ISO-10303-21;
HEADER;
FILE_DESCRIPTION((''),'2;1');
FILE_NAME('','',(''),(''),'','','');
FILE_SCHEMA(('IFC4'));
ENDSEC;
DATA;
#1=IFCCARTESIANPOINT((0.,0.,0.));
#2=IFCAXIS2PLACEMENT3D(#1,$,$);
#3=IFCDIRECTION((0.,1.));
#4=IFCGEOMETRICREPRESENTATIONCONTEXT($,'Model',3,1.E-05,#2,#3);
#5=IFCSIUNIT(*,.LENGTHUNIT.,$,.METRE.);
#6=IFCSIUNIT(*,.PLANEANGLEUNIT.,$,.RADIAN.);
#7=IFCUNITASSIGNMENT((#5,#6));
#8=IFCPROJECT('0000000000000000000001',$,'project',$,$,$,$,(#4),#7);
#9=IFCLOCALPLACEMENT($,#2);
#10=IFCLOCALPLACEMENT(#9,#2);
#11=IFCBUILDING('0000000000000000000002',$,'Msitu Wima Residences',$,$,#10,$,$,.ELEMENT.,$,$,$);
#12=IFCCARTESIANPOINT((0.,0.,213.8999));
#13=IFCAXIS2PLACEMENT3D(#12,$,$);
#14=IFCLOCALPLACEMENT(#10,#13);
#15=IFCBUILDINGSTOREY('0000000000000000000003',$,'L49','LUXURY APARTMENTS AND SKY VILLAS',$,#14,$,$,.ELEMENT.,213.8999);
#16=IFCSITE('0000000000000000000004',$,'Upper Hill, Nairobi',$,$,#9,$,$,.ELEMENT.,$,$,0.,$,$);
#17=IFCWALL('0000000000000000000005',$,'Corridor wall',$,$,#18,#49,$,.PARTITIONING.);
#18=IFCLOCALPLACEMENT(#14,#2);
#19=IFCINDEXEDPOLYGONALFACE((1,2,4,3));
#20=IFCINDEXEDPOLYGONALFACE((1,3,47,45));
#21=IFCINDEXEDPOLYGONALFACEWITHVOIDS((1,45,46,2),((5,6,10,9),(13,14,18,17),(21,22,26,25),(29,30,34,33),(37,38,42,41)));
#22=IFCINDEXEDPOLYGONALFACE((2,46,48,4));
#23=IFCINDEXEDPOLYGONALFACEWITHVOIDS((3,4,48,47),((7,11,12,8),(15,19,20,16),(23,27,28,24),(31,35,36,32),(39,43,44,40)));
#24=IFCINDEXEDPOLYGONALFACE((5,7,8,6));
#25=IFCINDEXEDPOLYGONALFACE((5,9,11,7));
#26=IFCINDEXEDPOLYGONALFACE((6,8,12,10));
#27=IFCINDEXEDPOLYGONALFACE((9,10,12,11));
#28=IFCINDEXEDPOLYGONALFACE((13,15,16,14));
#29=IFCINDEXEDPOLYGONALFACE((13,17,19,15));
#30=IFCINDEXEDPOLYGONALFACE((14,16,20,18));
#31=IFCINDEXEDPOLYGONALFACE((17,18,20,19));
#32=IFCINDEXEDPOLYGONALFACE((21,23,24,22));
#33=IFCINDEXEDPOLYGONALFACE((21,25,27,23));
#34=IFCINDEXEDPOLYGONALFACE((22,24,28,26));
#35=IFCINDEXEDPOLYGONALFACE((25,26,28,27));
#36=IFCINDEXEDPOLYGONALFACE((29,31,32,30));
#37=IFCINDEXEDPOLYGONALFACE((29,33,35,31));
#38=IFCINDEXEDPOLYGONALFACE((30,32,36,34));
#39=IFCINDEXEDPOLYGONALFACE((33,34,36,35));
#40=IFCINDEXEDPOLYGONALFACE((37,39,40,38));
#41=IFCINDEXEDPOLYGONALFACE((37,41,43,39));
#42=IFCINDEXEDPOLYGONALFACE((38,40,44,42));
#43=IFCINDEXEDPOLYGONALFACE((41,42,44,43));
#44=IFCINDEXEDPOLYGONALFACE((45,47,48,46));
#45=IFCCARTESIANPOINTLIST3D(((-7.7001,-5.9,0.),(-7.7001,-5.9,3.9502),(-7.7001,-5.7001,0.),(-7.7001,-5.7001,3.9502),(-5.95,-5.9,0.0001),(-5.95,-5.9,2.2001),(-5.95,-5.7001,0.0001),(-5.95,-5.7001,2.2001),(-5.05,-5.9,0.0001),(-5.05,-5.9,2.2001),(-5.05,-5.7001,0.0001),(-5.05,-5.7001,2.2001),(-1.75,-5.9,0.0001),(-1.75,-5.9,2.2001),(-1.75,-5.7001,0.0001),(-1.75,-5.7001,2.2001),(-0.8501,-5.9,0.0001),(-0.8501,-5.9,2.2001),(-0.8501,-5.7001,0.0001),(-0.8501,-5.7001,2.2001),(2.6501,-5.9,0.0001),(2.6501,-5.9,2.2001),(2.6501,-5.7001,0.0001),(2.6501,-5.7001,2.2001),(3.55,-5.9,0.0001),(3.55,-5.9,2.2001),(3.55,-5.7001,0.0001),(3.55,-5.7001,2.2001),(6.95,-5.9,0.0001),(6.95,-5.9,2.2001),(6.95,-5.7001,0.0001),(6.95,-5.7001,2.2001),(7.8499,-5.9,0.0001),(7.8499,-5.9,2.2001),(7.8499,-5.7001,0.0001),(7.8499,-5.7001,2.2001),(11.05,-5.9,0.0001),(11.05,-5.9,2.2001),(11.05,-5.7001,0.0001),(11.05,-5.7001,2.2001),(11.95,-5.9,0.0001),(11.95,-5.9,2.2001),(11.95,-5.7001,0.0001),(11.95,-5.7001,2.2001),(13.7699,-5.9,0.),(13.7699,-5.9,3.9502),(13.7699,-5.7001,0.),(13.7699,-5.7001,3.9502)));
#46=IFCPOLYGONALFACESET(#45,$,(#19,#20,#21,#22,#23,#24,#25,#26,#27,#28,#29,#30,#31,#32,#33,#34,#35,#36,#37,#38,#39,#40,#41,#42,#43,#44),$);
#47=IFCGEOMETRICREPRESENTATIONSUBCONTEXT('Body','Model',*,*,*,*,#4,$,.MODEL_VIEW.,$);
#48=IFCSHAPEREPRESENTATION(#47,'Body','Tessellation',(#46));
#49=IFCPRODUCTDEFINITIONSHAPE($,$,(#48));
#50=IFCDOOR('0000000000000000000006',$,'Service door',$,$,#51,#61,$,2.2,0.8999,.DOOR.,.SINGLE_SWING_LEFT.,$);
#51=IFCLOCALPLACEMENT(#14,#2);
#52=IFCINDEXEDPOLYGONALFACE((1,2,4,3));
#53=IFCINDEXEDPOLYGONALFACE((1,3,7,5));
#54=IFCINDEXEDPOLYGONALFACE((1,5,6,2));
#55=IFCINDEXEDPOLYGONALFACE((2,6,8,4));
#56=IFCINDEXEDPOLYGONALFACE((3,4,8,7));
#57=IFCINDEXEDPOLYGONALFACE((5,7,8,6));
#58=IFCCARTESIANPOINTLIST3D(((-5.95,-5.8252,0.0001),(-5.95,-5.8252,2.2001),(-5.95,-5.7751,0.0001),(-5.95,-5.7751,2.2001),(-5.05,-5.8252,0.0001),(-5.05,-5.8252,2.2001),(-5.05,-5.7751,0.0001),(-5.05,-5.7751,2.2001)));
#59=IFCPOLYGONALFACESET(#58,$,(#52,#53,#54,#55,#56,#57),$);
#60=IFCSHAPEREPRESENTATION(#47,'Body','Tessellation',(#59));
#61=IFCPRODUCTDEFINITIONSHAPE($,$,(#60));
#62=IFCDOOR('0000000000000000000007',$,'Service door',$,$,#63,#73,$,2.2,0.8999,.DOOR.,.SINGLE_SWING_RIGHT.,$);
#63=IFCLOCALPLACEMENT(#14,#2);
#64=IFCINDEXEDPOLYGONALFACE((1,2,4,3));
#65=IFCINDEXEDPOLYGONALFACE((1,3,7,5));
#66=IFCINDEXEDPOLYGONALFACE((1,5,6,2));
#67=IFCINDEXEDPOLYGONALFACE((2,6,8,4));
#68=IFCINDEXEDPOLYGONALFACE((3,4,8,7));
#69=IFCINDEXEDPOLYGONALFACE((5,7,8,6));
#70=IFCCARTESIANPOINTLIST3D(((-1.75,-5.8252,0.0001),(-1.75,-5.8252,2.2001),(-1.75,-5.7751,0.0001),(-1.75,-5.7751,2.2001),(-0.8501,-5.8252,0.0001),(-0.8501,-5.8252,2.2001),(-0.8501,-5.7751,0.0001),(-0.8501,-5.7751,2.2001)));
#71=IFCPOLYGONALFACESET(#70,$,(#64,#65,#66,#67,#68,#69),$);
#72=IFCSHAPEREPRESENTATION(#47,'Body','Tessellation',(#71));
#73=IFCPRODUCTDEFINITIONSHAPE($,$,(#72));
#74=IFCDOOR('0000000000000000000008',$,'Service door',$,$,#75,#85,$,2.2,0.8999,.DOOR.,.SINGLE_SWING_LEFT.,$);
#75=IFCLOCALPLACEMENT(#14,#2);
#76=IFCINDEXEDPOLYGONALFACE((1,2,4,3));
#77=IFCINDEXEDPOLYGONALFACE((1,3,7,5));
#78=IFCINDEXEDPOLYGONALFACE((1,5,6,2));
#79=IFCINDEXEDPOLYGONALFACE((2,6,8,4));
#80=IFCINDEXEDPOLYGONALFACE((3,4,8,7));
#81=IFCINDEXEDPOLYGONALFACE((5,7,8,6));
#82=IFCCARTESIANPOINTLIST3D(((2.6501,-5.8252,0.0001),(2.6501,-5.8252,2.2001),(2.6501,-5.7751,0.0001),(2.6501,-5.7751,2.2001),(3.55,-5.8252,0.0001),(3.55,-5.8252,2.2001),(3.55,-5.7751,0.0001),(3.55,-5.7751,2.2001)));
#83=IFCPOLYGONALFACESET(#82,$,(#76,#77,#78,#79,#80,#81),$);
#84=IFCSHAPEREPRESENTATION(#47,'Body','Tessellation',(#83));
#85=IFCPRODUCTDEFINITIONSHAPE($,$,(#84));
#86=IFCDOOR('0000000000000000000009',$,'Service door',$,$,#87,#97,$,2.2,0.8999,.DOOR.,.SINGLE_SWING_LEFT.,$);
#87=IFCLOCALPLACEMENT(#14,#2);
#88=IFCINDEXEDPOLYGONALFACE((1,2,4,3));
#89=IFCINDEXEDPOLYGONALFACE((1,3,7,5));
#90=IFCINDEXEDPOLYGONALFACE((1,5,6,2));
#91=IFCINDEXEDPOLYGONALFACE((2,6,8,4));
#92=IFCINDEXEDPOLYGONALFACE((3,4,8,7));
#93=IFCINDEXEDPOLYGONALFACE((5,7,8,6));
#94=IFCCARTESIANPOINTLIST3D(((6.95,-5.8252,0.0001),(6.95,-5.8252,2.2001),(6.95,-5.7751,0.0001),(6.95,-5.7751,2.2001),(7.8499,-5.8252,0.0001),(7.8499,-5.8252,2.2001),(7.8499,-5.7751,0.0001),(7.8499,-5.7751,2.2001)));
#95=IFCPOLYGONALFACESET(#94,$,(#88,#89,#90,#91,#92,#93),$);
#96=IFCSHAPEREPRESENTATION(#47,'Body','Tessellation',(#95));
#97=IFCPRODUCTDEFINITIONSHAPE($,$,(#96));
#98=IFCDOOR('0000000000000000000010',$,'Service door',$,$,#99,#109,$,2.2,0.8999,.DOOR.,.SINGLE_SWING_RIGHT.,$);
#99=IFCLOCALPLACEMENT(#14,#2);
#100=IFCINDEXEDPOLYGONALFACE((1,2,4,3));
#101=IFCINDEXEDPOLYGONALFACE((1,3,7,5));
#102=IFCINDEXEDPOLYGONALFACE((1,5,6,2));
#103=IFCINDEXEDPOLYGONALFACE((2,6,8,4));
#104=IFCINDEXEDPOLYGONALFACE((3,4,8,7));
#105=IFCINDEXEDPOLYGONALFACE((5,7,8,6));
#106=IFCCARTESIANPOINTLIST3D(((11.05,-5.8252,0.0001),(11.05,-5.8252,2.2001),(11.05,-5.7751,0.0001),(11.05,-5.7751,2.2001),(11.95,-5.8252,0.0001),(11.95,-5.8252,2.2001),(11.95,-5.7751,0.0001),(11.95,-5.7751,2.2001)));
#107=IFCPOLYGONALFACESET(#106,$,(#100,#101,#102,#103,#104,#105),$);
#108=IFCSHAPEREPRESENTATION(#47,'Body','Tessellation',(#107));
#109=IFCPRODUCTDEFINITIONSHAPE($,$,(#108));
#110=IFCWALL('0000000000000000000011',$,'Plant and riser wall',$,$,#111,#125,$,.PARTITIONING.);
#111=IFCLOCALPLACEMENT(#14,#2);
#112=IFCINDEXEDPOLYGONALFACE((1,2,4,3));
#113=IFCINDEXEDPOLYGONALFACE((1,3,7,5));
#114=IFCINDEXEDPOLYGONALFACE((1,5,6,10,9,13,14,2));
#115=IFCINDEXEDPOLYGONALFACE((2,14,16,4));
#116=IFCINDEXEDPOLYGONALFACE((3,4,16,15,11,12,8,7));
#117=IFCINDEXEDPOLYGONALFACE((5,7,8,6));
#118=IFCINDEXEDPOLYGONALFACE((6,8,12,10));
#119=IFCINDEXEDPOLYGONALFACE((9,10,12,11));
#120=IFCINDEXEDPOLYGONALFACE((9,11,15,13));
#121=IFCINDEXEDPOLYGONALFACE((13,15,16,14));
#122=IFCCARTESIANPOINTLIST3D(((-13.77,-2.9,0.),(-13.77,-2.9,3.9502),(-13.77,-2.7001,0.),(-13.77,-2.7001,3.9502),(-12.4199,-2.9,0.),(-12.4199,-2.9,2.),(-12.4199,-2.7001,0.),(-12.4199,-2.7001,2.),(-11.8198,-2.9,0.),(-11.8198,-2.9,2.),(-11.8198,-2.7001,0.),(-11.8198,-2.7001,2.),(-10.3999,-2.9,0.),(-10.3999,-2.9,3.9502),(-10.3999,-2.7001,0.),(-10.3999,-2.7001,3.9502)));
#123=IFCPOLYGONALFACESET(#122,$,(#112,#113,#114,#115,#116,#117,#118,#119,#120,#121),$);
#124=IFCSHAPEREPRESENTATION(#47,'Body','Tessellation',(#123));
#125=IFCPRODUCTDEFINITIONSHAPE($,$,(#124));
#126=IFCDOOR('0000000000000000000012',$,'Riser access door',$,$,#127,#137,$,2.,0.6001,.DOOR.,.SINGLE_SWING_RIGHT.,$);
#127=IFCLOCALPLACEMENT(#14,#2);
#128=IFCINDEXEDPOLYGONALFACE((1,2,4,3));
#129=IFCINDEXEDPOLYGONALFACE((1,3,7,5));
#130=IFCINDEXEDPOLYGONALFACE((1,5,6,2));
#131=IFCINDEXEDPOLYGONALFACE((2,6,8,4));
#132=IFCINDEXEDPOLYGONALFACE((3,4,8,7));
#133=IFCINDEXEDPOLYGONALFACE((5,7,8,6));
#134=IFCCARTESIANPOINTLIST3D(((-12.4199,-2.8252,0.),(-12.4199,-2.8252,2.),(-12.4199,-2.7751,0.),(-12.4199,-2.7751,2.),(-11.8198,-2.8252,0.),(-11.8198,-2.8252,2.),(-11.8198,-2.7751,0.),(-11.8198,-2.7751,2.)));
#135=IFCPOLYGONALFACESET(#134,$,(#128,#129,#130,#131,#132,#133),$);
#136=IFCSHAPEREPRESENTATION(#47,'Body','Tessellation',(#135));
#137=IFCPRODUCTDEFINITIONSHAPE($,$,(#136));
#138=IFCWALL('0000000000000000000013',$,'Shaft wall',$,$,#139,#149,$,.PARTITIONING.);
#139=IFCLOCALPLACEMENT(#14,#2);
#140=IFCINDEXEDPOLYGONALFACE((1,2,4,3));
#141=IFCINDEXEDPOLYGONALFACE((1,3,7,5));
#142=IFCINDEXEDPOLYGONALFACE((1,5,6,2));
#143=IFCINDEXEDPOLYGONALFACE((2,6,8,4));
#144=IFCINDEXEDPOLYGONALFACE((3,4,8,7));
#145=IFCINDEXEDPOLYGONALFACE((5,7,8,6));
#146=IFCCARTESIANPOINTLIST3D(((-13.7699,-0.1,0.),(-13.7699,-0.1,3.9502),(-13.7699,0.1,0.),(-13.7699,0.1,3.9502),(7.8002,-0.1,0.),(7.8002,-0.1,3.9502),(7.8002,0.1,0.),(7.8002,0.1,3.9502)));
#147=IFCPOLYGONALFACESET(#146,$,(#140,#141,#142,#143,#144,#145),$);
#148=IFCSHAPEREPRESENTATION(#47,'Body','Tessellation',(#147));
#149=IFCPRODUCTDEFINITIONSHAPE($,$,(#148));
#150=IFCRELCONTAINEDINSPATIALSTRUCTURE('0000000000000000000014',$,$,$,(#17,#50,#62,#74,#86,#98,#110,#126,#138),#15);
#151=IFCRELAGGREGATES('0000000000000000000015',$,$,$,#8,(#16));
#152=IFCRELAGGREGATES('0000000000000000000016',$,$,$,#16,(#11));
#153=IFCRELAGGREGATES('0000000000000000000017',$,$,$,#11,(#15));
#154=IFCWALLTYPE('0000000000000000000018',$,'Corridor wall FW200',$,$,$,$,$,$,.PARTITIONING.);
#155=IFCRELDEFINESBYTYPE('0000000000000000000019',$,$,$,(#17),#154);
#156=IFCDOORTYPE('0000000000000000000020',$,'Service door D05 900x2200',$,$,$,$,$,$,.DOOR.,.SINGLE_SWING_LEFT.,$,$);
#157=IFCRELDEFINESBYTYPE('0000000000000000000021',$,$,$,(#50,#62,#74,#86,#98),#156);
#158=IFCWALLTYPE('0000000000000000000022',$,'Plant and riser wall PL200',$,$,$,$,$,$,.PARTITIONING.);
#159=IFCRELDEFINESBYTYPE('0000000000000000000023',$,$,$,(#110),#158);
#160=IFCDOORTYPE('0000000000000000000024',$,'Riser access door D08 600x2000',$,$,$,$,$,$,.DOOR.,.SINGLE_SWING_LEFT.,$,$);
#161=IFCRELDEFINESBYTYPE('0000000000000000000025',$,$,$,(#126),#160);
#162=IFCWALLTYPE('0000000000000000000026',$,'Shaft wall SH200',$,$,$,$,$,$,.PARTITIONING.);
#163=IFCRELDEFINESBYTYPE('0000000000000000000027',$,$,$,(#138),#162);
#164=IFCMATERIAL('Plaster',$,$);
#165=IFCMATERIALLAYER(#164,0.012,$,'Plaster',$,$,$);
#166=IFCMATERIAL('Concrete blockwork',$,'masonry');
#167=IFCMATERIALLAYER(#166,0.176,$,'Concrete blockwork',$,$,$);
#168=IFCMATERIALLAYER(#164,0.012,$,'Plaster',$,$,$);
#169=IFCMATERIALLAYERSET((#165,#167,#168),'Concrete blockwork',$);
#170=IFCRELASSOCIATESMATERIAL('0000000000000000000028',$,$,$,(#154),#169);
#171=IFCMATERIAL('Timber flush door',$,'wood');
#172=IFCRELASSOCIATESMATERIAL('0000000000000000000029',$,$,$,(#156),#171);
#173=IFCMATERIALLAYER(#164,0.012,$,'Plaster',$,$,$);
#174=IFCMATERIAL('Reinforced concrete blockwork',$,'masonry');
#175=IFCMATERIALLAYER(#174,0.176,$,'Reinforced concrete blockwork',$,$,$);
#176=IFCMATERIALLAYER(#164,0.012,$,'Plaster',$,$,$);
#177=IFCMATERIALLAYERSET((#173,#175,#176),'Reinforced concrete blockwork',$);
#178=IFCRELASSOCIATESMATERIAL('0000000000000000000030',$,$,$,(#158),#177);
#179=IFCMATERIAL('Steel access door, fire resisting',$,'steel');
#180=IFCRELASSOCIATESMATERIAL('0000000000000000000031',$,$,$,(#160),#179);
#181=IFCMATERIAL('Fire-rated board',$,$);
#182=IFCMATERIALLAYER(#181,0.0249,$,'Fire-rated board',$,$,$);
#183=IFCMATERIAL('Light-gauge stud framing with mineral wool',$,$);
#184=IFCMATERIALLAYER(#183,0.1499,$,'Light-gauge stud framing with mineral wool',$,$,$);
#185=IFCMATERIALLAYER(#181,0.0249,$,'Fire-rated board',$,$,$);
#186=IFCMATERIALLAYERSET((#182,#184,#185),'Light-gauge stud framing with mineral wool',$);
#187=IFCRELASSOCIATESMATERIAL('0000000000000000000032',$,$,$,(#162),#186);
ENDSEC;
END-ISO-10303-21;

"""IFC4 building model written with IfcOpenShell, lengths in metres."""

from ifc_helpers import new_model, si_unit, direction, frame, frame_2d, origin, place, context, subcontext, project, spatial, rectangle, extrude, material, layer, layer_set, type_object, element, fill, save


model = new_model("IFC4")

# Units and contexts
model_context = context("Model", 3, precision=1e-05, world=origin(), true_north=direction((0.0, 1.0)))
body_context = subcontext(model_context, "Body", "Model", "MODEL_VIEW")
ifc_project = project(units=[si_unit("LENGTHUNIT", "METRE"), si_unit("PLANEANGLEUNIT", "RADIAN")], contexts=[model_context])

# Site, building, storey
site_placement = place(None, origin())
site = spatial("IfcSite", under=ifc_project, at=site_placement, Name="Upper Hill, Nairobi", CompositionType="ELEMENT", RefElevation=0.0)
building_placement = place(site_placement, origin())
building = spatial("IfcBuilding", under=site, at=building_placement, Name="Msitu Wima Residences", CompositionType="ELEMENT")
storey_placement = place(building_placement, frame((0.0, 0.0, 213.8999)))
storey = spatial("IfcBuildingStorey", under=building, at=storey_placement, Name="L49", Description="LUXURY APARTMENTS AND SKY VILLAS", CompositionType="ELEMENT", Elevation=213.8999)

# Shared definitions
ifc_material_1 = material(Name="Plaster")
ifc_layer_1 = layer(ifc_material_1, 0.012, Name="Plaster")
ifc_material_2 = material(Name="Concrete blockwork", Category="masonry")
ifc_layer_2 = layer(ifc_material_2, 0.176, Name="Concrete blockwork")
ifc_layer_3 = layer(ifc_material_1, 0.012, Name="Plaster")
ifc_layer_set_1 = layer_set([ifc_layer_1, ifc_layer_2, ifc_layer_3], Name="Concrete blockwork")
wall_type_1 = type_object("IfcWallType", Name="Corridor wall FW200", PredefinedType="PARTITIONING", material=ifc_layer_set_1)

# Wall, openings, doors
wall_1_placement = place(storey_placement, frame((-7.7, -5.8, 0.0), z_axis=(0.0, 0.0, 1.0), x_axis=(1.0, 0.0, 0.0)))
wall_1 = element("IfcWall", 1, at=wall_1_placement, inside=storey, type_object=wall_type_1, Name="Corridor wall", PredefinedType="PARTITIONING", context=body_context, shape_type="SweptSolid", body=[
    extrude(rectangle(XDim=21.47, YDim=0.2, at=frame_2d((10.7349, 0.0))), origin(), (0.0, 0.0, 1.0), 3.9502),
])
opening_1_placement = place(wall_1_placement, frame((1.75, 0.0, 0.0)))
opening_1 = element("IfcOpeningElement", 2, at=opening_1_placement, cuts=wall_1, PredefinedType="OPENING", context=body_context, shape_type="SweptSolid", body=[
    extrude(rectangle(XDim=0.8999, YDim=2.2, at=frame_2d((0.45, 1.1001))), frame((0.0, 0.1099, 0.0), z_axis=(0.0, -1.0, 0.0), x_axis=(1.0, 0.0, 0.0)), (0.0, 0.0, 1.0), 0.22),
])
opening_2_placement = place(wall_1_placement, frame((5.95, 0.0, 0.0)))
opening_2 = element("IfcOpeningElement", 3, at=opening_2_placement, cuts=wall_1, PredefinedType="OPENING", context=body_context, shape_type="SweptSolid", body=[
    extrude(rectangle(XDim=0.8999, YDim=2.2, at=frame_2d((0.45, 1.1001))), frame((0.0, 0.1099, 0.0), z_axis=(0.0, -1.0, 0.0), x_axis=(1.0, 0.0, 0.0)), (0.0, 0.0, 1.0), 0.22),
])
opening_3_placement = place(wall_1_placement, frame((10.3501, 0.0, 0.0)))
opening_3 = element("IfcOpeningElement", 4, at=opening_3_placement, cuts=wall_1, PredefinedType="OPENING", context=body_context, shape_type="SweptSolid", body=[
    extrude(rectangle(XDim=0.8999, YDim=2.2, at=frame_2d((0.45, 1.1001))), frame((0.0, 0.1099, 0.0), z_axis=(0.0, -1.0, 0.0), x_axis=(1.0, 0.0, 0.0)), (0.0, 0.0, 1.0), 0.22),
])
opening_4_placement = place(wall_1_placement, frame((14.6499, 0.0, 0.0)))
opening_4 = element("IfcOpeningElement", 5, at=opening_4_placement, cuts=wall_1, PredefinedType="OPENING", context=body_context, shape_type="SweptSolid", body=[
    extrude(rectangle(XDim=0.8999, YDim=2.2, at=frame_2d((0.45, 1.1001))), frame((0.0, 0.1099, 0.0), z_axis=(0.0, -1.0, 0.0), x_axis=(1.0, 0.0, 0.0)), (0.0, 0.0, 1.0), 0.22),
])
opening_5_placement = place(wall_1_placement, frame((18.75, 0.0, 0.0)))
opening_5 = element("IfcOpeningElement", 6, at=opening_5_placement, cuts=wall_1, PredefinedType="OPENING", context=body_context, shape_type="SweptSolid", body=[
    extrude(rectangle(XDim=0.8999, YDim=2.2, at=frame_2d((0.45, 1.1001))), frame((0.0, 0.1099, 0.0), z_axis=(0.0, -1.0, 0.0), x_axis=(1.0, 0.0, 0.0)), (0.0, 0.0, 1.0), 0.22),
])
ifc_material_3 = material(Name="Timber flush door", Category="wood")
door_type_1 = type_object("IfcDoorType", Name="Service door D05 900x2200", OperationType="SINGLE_SWING_LEFT", PredefinedType="DOOR", material=ifc_material_3)
door_1_placement = place(opening_1_placement, origin())
door_1 = element("IfcDoor", 7, at=door_1_placement, inside=storey, type_object=door_type_1, Name="Service door", OperationType="SINGLE_SWING_LEFT", OverallHeight=2.2, OverallWidth=0.8999, PredefinedType="DOOR", context=body_context, shape_type="SweptSolid", body=[
    extrude(rectangle(XDim=0.8999, YDim=2.2, at=frame_2d((0.45, 1.1001))), frame((0.0, 0.0249, 0.0), z_axis=(0.0, -1.0, 0.0), x_axis=(1.0, 0.0, 0.0)), (0.0, 0.0, 1.0), 0.05),
])
fill(opening_1, door_1)
door_2_placement = place(opening_2_placement, origin())
door_2 = element("IfcDoor", 8, at=door_2_placement, inside=storey, type_object=door_type_1, Name="Service door", OperationType="SINGLE_SWING_RIGHT", OverallHeight=2.2, OverallWidth=0.8999, PredefinedType="DOOR", context=body_context, shape_type="SweptSolid", body=[
    extrude(rectangle(XDim=0.8999, YDim=2.2, at=frame_2d((0.45, 1.1001))), frame((0.0, 0.0249, 0.0), z_axis=(0.0, -1.0, 0.0), x_axis=(1.0, 0.0, 0.0)), (0.0, 0.0, 1.0), 0.05),
])
fill(opening_2, door_2)
door_3_placement = place(opening_3_placement, origin())
door_3 = element("IfcDoor", 9, at=door_3_placement, inside=storey, type_object=door_type_1, Name="Service door", OperationType="SINGLE_SWING_LEFT", OverallHeight=2.2, OverallWidth=0.8999, PredefinedType="DOOR", context=body_context, shape_type="SweptSolid", body=[
    extrude(rectangle(XDim=0.8999, YDim=2.2, at=frame_2d((0.45, 1.1001))), frame((0.0, 0.0249, 0.0), z_axis=(0.0, -1.0, 0.0), x_axis=(1.0, 0.0, 0.0)), (0.0, 0.0, 1.0), 0.05),
])
fill(opening_3, door_3)
door_4_placement = place(opening_4_placement, origin())
door_4 = element("IfcDoor", 10, at=door_4_placement, inside=storey, type_object=door_type_1, Name="Service door", OperationType="SINGLE_SWING_LEFT", OverallHeight=2.2, OverallWidth=0.8999, PredefinedType="DOOR", context=body_context, shape_type="SweptSolid", body=[
    extrude(rectangle(XDim=0.8999, YDim=2.2, at=frame_2d((0.45, 1.1001))), frame((0.0, 0.0249, 0.0), z_axis=(0.0, -1.0, 0.0), x_axis=(1.0, 0.0, 0.0)), (0.0, 0.0, 1.0), 0.05),
])
fill(opening_4, door_4)
door_5_placement = place(opening_5_placement, origin())
door_5 = element("IfcDoor", 11, at=door_5_placement, inside=storey, type_object=door_type_1, Name="Service door", OperationType="SINGLE_SWING_RIGHT", OverallHeight=2.2, OverallWidth=0.8999, PredefinedType="DOOR", context=body_context, shape_type="SweptSolid", body=[
    extrude(rectangle(XDim=0.8999, YDim=2.2, at=frame_2d((0.45, 1.1001))), frame((0.0, 0.0249, 0.0), z_axis=(0.0, -1.0, 0.0), x_axis=(1.0, 0.0, 0.0)), (0.0, 0.0, 1.0), 0.05),
])
fill(opening_5, door_5)

# Wall, opening, door
ifc_layer_4 = layer(ifc_material_1, 0.012, Name="Plaster")
ifc_material_4 = material(Name="Reinforced concrete blockwork", Category="masonry")
ifc_layer_5 = layer(ifc_material_4, 0.176, Name="Reinforced concrete blockwork")
ifc_layer_6 = layer(ifc_material_1, 0.012, Name="Plaster")
ifc_layer_set_2 = layer_set([ifc_layer_4, ifc_layer_5, ifc_layer_6], Name="Reinforced concrete blockwork")
wall_type_2 = type_object("IfcWallType", Name="Plant and riser wall PL200", PredefinedType="PARTITIONING", material=ifc_layer_set_2)
wall_2_placement = place(storey_placement, frame((-13.77, -2.8, 0.0), z_axis=(0.0, 0.0, 1.0), x_axis=(1.0, 0.0, 0.0)))
wall_2 = element("IfcWall", 12, at=wall_2_placement, inside=storey, type_object=wall_type_2, Name="Plant and riser wall", PredefinedType="PARTITIONING", context=body_context, shape_type="SweptSolid", body=[
    extrude(rectangle(XDim=3.3701, YDim=0.2, at=frame_2d((1.6851, 0.0))), origin(), (0.0, 0.0, 1.0), 3.9502),
])
opening_6_placement = place(wall_2_placement, frame((1.3501, 0.0, 0.0)))
opening_6 = element("IfcOpeningElement", 13, at=opening_6_placement, cuts=wall_2, PredefinedType="OPENING", context=body_context, shape_type="SweptSolid", body=[
    extrude(rectangle(XDim=0.6001, YDim=2.0, at=frame_2d((0.3, 1.0))), frame((0.0, 0.1099, 0.0), z_axis=(0.0, -1.0, 0.0), x_axis=(1.0, 0.0, 0.0)), (0.0, 0.0, 1.0), 0.22),
])
ifc_material_5 = material(Name="Steel access door, fire resisting", Category="steel")
door_type_2 = type_object("IfcDoorType", Name="Riser access door D08 600x2000", OperationType="SINGLE_SWING_LEFT", PredefinedType="DOOR", material=ifc_material_5)
door_6_placement = place(opening_6_placement, origin())
door_6 = element("IfcDoor", 14, at=door_6_placement, inside=storey, type_object=door_type_2, Name="Riser access door", OperationType="SINGLE_SWING_RIGHT", OverallHeight=2.0, OverallWidth=0.6001, PredefinedType="DOOR", context=body_context, shape_type="SweptSolid", body=[
    extrude(rectangle(XDim=0.6001, YDim=2.0, at=frame_2d((0.3, 1.0))), frame((0.0, 0.0249, 0.0), z_axis=(0.0, -1.0, 0.0), x_axis=(1.0, 0.0, 0.0)), (0.0, 0.0, 1.0), 0.05),
])
fill(opening_6, door_6)

# Wall
ifc_material_6 = material(Name="Fire-rated board")
ifc_layer_7 = layer(ifc_material_6, 0.0249, Name="Fire-rated board")
ifc_material_7 = material(Name="Light-gauge stud framing with mineral wool")
ifc_layer_8 = layer(ifc_material_7, 0.1499, Name="Light-gauge stud framing with mineral wool")
ifc_layer_9 = layer(ifc_material_6, 0.0249, Name="Fire-rated board")
ifc_layer_set_3 = layer_set([ifc_layer_7, ifc_layer_8, ifc_layer_9], Name="Light-gauge stud framing with mineral wool")
wall_type_3 = type_object("IfcWallType", Name="Shaft wall SH200", PredefinedType="PARTITIONING", material=ifc_layer_set_3)
wall_3_placement = place(storey_placement, frame((-13.77, 0.0, 0.0), z_axis=(0.0, 0.0, 1.0), x_axis=(1.0, 0.0, 0.0)))
element("IfcWall", 15, at=wall_3_placement, inside=storey, type_object=wall_type_3, Name="Shaft wall", PredefinedType="PARTITIONING", context=body_context, shape_type="SweptSolid", body=[
    extrude(rectangle(XDim=21.5701, YDim=0.2, at=frame_2d((10.7852, 0.0))), origin(), (0.0, 0.0, 1.0), 3.9502),
])

save(model, "model.ifc")
